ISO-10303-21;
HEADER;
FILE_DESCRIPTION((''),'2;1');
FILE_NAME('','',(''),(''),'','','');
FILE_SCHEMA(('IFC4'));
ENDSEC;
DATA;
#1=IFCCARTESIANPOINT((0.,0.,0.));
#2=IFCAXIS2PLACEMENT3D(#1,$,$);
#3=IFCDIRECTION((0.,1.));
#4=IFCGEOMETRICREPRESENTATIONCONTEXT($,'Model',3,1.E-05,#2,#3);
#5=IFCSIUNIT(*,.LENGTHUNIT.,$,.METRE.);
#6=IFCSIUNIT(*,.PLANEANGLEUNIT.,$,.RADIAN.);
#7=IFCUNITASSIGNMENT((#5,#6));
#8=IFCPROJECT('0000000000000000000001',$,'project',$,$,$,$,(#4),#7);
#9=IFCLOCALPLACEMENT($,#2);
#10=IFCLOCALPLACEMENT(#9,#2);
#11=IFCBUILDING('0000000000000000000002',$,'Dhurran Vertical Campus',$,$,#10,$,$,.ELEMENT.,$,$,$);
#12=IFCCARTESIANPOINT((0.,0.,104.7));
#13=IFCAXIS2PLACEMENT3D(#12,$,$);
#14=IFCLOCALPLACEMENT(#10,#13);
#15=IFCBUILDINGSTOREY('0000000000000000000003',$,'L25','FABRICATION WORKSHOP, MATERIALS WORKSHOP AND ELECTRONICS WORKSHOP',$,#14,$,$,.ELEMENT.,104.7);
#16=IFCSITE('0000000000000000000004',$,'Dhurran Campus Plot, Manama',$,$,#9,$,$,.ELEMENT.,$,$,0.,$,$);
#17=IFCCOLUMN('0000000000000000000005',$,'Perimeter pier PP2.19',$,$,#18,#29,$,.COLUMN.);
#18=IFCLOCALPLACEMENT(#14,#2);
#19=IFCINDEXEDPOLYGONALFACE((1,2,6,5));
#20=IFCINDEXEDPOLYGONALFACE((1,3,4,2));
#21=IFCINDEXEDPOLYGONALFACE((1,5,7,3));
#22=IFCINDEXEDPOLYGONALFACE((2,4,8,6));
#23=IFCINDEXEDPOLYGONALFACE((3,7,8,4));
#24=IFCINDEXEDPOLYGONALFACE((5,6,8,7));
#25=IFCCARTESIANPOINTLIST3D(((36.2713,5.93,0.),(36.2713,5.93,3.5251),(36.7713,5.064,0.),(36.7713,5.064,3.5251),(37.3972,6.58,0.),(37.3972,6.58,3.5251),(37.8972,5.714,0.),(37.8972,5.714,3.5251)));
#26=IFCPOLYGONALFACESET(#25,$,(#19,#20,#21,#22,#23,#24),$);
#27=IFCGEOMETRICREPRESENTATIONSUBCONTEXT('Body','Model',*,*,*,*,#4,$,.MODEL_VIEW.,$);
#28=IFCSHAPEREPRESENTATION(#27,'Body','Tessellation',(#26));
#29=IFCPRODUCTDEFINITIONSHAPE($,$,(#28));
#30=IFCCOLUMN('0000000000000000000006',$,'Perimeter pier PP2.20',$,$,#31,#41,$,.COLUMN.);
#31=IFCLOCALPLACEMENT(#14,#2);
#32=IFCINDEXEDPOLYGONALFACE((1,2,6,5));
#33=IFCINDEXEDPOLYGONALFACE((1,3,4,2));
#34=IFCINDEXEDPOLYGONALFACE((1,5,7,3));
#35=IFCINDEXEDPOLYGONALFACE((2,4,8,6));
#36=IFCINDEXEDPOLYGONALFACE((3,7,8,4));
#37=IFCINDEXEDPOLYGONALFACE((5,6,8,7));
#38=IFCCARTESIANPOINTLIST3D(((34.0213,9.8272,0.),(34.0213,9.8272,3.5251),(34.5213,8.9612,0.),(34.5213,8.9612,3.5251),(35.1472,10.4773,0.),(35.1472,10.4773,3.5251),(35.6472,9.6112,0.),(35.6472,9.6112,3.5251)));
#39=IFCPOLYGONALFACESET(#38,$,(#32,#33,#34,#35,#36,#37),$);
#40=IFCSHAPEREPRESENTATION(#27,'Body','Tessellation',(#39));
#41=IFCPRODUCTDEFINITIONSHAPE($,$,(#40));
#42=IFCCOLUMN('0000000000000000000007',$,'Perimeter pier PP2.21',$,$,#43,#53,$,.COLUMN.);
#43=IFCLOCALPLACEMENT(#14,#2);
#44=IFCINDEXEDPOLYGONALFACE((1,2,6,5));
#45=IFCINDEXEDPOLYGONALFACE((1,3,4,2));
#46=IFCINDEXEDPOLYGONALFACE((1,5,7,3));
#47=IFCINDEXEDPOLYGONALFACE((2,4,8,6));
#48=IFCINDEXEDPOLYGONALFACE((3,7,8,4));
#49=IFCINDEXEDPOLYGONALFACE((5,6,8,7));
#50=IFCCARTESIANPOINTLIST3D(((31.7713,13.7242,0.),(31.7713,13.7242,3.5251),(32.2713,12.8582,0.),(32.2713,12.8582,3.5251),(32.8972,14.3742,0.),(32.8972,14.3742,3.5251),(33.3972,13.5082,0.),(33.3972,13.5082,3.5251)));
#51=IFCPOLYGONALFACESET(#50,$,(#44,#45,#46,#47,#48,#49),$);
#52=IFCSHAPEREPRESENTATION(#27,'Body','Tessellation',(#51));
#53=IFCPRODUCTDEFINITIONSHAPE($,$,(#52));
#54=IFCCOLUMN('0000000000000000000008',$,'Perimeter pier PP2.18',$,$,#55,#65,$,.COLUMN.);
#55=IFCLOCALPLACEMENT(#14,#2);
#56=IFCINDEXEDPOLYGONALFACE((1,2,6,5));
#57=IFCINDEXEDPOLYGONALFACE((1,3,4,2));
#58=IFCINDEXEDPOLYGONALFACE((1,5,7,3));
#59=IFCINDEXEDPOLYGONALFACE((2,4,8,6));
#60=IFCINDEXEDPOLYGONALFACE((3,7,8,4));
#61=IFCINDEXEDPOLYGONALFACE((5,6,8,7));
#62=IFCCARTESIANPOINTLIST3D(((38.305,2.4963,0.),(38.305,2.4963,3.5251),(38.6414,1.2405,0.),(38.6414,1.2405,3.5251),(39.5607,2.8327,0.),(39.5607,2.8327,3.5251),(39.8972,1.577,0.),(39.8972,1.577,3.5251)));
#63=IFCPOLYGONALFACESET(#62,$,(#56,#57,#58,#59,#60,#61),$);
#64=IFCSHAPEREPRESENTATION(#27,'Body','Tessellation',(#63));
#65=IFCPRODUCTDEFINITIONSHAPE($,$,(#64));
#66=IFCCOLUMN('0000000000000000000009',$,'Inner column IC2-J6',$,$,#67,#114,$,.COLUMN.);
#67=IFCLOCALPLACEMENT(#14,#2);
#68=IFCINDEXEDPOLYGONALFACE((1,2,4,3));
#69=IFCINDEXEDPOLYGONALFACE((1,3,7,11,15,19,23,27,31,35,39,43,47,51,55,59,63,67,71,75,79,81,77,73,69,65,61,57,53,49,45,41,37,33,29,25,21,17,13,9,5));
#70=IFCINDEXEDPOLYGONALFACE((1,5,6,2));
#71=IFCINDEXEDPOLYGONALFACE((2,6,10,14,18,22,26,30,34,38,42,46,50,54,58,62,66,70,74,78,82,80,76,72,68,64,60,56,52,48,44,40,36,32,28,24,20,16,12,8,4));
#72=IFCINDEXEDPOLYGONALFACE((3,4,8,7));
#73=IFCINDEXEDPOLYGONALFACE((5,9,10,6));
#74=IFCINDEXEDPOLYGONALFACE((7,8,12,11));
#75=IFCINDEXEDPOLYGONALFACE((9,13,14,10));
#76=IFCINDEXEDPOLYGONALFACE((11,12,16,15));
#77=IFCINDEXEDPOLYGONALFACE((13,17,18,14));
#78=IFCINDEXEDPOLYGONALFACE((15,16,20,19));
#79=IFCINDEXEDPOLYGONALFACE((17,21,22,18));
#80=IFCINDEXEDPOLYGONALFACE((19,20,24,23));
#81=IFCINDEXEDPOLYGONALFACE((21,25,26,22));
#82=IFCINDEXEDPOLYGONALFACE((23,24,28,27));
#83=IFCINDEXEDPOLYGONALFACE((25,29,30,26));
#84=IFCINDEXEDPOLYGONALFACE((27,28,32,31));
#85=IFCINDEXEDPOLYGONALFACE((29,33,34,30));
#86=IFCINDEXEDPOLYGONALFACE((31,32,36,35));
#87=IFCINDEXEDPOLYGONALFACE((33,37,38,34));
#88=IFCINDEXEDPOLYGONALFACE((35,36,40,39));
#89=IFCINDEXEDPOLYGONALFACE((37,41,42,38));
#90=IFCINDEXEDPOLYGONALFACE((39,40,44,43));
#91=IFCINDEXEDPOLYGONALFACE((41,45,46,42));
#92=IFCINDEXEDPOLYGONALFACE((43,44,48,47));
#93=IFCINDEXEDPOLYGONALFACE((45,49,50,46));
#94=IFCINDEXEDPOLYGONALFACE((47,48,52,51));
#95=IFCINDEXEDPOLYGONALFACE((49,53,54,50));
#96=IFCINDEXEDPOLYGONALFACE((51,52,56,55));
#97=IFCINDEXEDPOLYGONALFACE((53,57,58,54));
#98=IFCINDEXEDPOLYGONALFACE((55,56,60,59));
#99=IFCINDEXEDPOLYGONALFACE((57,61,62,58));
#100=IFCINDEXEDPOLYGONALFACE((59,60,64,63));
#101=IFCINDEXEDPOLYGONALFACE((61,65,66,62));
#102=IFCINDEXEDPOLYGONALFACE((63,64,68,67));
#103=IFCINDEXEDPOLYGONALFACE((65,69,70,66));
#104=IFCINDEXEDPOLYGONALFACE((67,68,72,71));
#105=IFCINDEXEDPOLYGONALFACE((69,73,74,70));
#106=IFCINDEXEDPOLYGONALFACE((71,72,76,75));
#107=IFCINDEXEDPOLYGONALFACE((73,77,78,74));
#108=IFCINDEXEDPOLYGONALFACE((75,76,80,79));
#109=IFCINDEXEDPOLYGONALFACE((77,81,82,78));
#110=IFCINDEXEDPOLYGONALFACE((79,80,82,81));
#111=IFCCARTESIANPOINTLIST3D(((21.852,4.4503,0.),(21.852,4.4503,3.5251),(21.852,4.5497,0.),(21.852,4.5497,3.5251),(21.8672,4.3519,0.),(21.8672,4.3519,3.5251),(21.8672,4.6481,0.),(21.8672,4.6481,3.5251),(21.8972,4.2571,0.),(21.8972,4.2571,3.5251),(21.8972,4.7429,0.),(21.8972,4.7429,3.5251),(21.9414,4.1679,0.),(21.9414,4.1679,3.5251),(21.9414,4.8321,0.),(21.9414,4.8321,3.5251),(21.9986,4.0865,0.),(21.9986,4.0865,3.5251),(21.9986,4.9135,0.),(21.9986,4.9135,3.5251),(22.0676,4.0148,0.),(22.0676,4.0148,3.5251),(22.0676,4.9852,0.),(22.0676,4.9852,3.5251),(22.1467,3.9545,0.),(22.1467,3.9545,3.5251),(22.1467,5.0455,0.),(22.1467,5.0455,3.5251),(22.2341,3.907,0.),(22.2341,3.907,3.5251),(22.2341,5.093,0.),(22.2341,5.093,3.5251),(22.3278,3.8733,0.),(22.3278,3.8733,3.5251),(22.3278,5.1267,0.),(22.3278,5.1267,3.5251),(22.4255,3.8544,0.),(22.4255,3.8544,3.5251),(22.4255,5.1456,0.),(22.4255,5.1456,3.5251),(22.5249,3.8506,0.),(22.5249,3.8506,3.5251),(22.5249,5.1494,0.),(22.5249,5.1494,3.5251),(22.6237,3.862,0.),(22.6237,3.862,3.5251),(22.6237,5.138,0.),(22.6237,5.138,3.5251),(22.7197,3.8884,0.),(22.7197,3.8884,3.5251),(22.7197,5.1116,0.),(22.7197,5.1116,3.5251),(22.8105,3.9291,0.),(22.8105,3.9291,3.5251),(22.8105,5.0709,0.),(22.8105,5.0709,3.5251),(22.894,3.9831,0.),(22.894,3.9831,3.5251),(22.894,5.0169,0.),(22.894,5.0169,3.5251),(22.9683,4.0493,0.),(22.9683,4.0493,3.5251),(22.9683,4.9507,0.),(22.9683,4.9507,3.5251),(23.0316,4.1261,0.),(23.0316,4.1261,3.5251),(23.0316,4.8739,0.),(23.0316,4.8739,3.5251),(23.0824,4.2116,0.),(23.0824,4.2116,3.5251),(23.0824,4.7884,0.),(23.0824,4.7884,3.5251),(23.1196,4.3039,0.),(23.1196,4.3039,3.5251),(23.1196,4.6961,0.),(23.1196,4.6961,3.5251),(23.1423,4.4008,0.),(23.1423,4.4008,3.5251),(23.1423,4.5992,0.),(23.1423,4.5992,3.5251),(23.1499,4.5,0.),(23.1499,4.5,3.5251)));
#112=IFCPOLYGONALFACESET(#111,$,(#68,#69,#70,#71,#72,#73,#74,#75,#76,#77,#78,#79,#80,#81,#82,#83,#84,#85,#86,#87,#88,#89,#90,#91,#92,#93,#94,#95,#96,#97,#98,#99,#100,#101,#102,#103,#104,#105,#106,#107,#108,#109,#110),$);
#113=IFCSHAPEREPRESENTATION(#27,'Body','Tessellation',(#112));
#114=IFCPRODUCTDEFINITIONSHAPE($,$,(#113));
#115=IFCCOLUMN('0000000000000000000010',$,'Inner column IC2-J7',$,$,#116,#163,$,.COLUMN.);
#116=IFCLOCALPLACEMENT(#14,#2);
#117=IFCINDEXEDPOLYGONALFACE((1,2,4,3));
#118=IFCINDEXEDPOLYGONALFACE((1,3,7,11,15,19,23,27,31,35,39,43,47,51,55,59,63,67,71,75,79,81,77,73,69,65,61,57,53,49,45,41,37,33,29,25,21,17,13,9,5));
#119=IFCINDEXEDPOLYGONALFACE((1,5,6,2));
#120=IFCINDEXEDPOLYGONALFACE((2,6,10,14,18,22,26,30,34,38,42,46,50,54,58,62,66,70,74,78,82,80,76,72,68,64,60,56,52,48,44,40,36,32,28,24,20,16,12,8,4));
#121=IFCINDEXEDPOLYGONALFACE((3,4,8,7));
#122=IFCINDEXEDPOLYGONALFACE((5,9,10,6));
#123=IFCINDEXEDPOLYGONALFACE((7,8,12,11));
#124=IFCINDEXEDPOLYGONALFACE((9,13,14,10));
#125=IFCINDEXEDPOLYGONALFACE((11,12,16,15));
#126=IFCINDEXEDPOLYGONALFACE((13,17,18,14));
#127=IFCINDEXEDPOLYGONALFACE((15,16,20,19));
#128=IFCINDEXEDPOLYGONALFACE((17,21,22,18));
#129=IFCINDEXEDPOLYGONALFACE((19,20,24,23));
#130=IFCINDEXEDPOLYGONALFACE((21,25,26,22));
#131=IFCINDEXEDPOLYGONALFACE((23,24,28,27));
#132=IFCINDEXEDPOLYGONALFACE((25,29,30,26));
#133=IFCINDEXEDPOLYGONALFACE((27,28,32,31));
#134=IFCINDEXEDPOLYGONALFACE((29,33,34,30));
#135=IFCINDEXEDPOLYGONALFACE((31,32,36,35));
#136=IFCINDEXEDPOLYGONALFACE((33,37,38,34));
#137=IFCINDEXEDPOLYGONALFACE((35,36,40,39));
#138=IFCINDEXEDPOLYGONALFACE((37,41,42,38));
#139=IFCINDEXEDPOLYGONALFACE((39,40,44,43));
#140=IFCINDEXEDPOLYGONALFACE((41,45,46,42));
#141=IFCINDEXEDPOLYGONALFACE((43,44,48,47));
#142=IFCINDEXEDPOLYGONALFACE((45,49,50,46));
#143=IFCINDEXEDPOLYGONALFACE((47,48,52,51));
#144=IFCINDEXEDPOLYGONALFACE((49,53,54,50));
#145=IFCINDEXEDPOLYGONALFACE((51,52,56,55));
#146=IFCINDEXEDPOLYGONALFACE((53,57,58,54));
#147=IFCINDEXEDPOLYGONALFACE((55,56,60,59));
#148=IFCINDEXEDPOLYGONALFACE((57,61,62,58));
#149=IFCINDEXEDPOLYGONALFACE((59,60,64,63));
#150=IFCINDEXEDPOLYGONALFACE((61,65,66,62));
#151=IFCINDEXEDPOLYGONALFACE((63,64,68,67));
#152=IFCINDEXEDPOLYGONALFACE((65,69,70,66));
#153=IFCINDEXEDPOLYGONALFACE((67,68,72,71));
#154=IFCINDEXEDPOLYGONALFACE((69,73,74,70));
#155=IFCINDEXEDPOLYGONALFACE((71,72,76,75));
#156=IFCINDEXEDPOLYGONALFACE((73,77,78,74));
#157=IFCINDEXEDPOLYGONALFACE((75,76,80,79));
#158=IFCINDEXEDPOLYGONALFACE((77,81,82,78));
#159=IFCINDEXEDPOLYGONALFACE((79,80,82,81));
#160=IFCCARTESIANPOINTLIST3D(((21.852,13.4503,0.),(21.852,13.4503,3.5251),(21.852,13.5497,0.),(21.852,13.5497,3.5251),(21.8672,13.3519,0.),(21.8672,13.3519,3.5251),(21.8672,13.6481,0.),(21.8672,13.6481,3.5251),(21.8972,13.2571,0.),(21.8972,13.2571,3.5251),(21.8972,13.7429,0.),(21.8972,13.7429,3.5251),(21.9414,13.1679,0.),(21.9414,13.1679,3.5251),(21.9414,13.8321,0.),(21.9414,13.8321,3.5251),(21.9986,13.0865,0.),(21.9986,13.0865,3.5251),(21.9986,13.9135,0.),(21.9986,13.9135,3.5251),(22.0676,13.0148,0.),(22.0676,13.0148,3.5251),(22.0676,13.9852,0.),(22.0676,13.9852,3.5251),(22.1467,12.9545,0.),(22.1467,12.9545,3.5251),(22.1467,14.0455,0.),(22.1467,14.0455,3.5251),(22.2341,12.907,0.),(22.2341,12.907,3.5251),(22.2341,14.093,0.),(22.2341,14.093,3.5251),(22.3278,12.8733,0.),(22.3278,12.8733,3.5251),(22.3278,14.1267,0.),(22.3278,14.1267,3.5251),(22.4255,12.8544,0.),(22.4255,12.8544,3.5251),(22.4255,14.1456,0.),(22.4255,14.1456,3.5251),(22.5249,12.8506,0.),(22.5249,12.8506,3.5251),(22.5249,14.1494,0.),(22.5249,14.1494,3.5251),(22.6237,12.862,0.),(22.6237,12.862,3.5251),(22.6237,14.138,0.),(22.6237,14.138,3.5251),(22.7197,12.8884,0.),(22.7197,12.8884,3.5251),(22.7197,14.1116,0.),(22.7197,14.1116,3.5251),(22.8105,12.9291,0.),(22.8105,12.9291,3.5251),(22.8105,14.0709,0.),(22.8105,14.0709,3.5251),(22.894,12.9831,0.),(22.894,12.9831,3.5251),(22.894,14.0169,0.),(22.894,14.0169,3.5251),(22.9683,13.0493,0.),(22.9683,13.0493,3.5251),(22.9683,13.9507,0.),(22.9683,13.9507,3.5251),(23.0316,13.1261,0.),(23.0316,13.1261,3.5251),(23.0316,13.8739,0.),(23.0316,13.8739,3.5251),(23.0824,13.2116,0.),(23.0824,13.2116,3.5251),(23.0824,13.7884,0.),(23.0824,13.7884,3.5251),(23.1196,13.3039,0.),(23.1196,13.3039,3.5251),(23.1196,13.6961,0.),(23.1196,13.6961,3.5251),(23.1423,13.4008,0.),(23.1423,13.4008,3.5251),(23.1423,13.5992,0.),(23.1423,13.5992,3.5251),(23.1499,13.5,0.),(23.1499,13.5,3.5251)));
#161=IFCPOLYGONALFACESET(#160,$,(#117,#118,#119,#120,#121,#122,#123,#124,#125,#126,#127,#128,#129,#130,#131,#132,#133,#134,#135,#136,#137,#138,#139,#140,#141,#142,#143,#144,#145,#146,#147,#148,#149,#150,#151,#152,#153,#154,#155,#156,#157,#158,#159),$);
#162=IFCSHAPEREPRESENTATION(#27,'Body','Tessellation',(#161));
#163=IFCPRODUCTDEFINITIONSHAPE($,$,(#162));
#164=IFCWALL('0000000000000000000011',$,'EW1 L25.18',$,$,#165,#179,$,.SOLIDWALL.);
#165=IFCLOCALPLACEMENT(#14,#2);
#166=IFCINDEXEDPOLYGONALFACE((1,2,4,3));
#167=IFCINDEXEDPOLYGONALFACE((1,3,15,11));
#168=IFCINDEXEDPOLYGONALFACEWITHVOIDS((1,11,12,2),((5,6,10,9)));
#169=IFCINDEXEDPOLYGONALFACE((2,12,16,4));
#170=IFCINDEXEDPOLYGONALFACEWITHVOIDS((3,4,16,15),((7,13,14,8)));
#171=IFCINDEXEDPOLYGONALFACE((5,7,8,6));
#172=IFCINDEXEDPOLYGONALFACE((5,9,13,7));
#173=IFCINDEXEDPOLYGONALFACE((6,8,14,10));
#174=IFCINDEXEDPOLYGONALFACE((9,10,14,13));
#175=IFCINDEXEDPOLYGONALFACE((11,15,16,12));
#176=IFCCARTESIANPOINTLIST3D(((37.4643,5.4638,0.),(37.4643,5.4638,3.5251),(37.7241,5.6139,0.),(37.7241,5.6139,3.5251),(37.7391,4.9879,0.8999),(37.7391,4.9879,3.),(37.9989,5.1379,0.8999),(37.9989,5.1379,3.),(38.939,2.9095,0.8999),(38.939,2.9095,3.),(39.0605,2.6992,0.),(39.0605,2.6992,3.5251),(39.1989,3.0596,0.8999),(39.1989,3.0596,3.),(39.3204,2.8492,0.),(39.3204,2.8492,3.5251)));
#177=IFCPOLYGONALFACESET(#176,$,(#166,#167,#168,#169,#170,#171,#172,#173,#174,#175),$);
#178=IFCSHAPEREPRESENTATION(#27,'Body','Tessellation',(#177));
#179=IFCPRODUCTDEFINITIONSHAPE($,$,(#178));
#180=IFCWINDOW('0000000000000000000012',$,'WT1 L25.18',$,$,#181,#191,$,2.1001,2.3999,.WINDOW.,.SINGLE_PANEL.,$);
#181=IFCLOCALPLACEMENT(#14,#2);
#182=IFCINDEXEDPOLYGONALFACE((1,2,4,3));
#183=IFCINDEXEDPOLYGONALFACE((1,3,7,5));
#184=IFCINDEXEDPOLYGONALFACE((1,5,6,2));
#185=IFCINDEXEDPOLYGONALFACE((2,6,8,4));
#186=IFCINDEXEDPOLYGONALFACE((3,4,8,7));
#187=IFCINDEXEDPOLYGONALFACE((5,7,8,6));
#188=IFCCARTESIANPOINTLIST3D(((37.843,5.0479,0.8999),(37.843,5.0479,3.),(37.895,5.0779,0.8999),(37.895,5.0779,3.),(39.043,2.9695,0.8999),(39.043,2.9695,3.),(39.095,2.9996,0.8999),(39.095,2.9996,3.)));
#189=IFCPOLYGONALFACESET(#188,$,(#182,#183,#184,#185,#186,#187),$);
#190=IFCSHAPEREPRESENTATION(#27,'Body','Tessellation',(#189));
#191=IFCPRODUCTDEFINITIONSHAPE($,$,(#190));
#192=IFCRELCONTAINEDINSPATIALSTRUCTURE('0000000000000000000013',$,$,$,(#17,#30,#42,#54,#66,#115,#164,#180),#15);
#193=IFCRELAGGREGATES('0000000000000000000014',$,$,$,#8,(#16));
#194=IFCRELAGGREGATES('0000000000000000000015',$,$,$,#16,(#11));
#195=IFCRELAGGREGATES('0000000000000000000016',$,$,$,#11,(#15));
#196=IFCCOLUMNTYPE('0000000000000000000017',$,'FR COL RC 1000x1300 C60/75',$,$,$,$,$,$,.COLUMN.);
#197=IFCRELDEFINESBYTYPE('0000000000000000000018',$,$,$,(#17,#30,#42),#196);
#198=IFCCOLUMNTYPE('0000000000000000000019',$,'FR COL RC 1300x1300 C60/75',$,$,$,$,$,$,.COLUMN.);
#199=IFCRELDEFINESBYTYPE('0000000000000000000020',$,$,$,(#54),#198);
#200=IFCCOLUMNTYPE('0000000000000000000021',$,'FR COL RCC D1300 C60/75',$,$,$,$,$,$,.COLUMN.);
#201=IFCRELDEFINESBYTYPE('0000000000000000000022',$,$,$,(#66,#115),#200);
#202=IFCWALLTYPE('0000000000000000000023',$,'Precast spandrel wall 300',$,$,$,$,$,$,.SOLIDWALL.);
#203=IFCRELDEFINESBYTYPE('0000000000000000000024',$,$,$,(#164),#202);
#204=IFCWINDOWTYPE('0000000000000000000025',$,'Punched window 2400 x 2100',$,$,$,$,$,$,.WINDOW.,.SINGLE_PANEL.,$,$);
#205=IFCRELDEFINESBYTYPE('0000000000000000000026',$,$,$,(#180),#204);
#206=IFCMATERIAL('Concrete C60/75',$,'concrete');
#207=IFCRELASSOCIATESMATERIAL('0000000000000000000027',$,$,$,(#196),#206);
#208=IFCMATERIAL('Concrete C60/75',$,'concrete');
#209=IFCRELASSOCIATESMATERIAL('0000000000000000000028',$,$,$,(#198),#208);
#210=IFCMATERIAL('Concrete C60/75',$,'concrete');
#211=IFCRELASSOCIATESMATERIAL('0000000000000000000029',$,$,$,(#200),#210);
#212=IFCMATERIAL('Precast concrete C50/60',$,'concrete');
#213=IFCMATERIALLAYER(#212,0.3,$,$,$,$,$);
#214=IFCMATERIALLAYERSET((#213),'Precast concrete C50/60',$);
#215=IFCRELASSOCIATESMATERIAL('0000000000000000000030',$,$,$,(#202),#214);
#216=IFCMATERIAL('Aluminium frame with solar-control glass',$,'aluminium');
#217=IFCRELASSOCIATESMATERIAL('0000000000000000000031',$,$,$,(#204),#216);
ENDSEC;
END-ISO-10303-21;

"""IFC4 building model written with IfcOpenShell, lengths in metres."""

from ifc_helpers import new_model, si_unit, direction, frame, frame_2d, origin, origin_2d, place, context, subcontext, project, spatial, rectangle, circle, extrude, material, layer, layer_set, material_profile, profile_set, type_object, element, fill, save


model = new_model("IFC4")

# Units and contexts
model_context = context("Model", 3, precision=1e-05, world=origin(), true_north=direction((0.0, 1.0)))
body_context = subcontext(model_context, "Body", "Model", "MODEL_VIEW")
ifc_project = project(units=[si_unit("LENGTHUNIT", "METRE"), si_unit("PLANEANGLEUNIT", "RADIAN")], contexts=[model_context])

# Site, building, storey
site_placement = place(None, origin())
site = spatial("IfcSite", under=ifc_project, at=site_placement, Name="Dhurran Campus Plot, Manama", CompositionType="ELEMENT", RefElevation=0.0)
building_placement = place(site_placement, origin())
building = spatial("IfcBuilding", under=site, at=building_placement, Name="Dhurran Vertical Campus", CompositionType="ELEMENT")
storey_placement = place(building_placement, frame((0.0, 0.0, 104.7)))
storey = spatial("IfcBuildingStorey", under=building, at=storey_placement, Name="L25", Description="FABRICATION WORKSHOP, MATERIALS WORKSHOP AND ELECTRONICS WORKSHOP", CompositionType="ELEMENT", Elevation=104.7)

# Columns
ifc_material_1 = material(Name="Concrete C60/75", Category="concrete")
ifc_material_profile_1 = material_profile(ifc_material_1, rectangle(XDim=1.0, YDim=1.3, at=origin_2d()), Name="RC 1000x1300")
ifc_profile_set_1 = profile_set([ifc_material_profile_1], Name="Concrete C60/75")
column_type_1 = type_object("IfcColumnType", Name="FR COL RC 1000x1300 C60/75", PredefinedType="COLUMN", material=ifc_profile_set_1)
for number, where, z_axis, x_axis, name in (
    (1, (37.0842, 5.822, 0.0), (0.0, 0.0, 1.0), (-0.5, 0.866025, 0.0), "Perimeter pier PP2.19"),
    (2, (34.8342, 9.7192, 0.0), (0.0, 0.0, 1.0), (-0.5, 0.866025, 0.0), "Perimeter pier PP2.20"),
    (3, (32.5842, 13.6162, 0.0), (0.0, 0.0, 1.0), (-0.5, 0.866025, 0.0), "Perimeter pier PP2.21"),
):
    element("IfcColumn", number, at=place(storey_placement, frame(where, z_axis=z_axis, x_axis=x_axis)), inside=storey, type_object=column_type_1, Name=name, PredefinedType="COLUMN", context=body_context, shape_type="SweptSolid", body=[
        extrude(rectangle(XDim=1.0, YDim=1.3, at=origin_2d()), origin(), (0.0, 0.0, 1.0), 3.5251),
    ])
ifc_material_2 = material(Name="Concrete C60/75", Category="concrete")
ifc_material_profile_2 = material_profile(ifc_material_2, rectangle(XDim=1.3, YDim=1.3, at=origin_2d()), Name="RC 1300x1300")
ifc_profile_set_2 = profile_set([ifc_material_profile_2], Name="Concrete C60/75")
column_type_2 = type_object("IfcColumnType", Name="FR COL RC 1300x1300 C60/75", PredefinedType="COLUMN", material=ifc_profile_set_2)
column_placement = place(storey_placement, frame((39.1011, 2.0366, 0.0), z_axis=(0.0, 0.0, 1.0), x_axis=(-0.258819, 0.965926, 0.0)))
element("IfcColumn", 4, at=column_placement, inside=storey, type_object=column_type_2, Name="Perimeter pier PP2.18", PredefinedType="COLUMN", context=body_context, shape_type="SweptSolid", body=[
    extrude(rectangle(XDim=1.3, YDim=1.3, at=origin_2d()), origin(), (0.0, 0.0, 1.0), 3.5251),
])
ifc_material_3 = material(Name="Concrete C60/75", Category="concrete")
ifc_material_profile_3 = material_profile(ifc_material_3, circle(Radius=0.6499, at=origin_2d()), Name="RCC D1300")
ifc_profile_set_3 = profile_set([ifc_material_profile_3], Name="Concrete C60/75")
column_type_3 = type_object("IfcColumnType", Name="FR COL RCC D1300 C60/75", PredefinedType="COLUMN", material=ifc_profile_set_3)
for number, where, z_axis, x_axis, name in (
    (5, (22.5, 4.5, 0.0), (0.0, 0.0, 1.0), (1.0, 0.0, 0.0), "Inner column IC2-J6"),
    (6, (22.5, 13.5, 0.0), (0.0, 0.0, 1.0), (1.0, 0.0, 0.0), "Inner column IC2-J7"),
):
    element("IfcColumn", number, at=place(storey_placement, frame(where, z_axis=z_axis, x_axis=x_axis)), inside=storey, type_object=column_type_3, Name=name, PredefinedType="COLUMN", context=body_context, shape_type="SweptSolid", body=[
        extrude(circle(Radius=0.6499, at=origin_2d()), origin(), (0.0, 0.0, 1.0), 3.5251),
    ])

# Wall, opening, window
ifc_material_4 = material(Name="Precast concrete C50/60", Category="concrete")
ifc_layer_1 = layer(ifc_material_4, 0.3)
ifc_layer_set_1 = layer_set([ifc_layer_1], Name="Precast concrete C50/60")
wall_type_1 = type_object("IfcWallType", Name="Precast spandrel wall 300", PredefinedType="SOLIDWALL", material=ifc_layer_set_1)
wall_1_placement = place(storey_placement, frame((39.1904, 2.7742, 0.0), z_axis=(0.0, 0.0, 1.0), x_axis=(-0.500005, 0.866023, 0.0)))
wall_1 = element("IfcWall", 7, at=wall_1_placement, inside=storey, type_object=wall_type_1, Name="EW1 L25.18", PredefinedType="SOLIDWALL", context=body_context, shape_type="SweptSolid", body=[
    extrude(rectangle(XDim=3.1924, YDim=0.3, at=frame_2d((1.5962, 0.0))), origin(), (0.0, 0.0, 1.0), 3.5251),
])
opening_1_placement = place(wall_1_placement, frame((0.2429, 0.0, 0.8999)))
opening_1 = element("IfcOpeningElement", 8, at=opening_1_placement, cuts=wall_1, PredefinedType="OPENING", context=body_context, shape_type="SweptSolid", body=[
    extrude(rectangle(XDim=2.3999, YDim=2.1001, at=frame_2d((1.2, 1.05))), frame((0.0, 0.1599, 0.0), z_axis=(0.0, -1.0, 0.0), x_axis=(1.0, 0.0, 0.0)), (0.0, 0.0, 1.0), 0.3201),
])
ifc_material_5 = material(Name="Aluminium frame with solar-control glass", Category="aluminium")
window_type = type_object("IfcWindowType", Name="Punched window 2400 x 2100", PartitioningType="SINGLE_PANEL", PredefinedType="WINDOW", material=ifc_material_5)
window_1_placement = place(opening_1_placement, origin())
window_1 = element("IfcWindow", 9, at=window_1_placement, inside=storey, type_object=window_type, Name="WT1 L25.18", OverallHeight=2.1001, OverallWidth=2.3999, PartitioningType="SINGLE_PANEL", PredefinedType="WINDOW", context=body_context, shape_type="SweptSolid", body=[
    extrude(rectangle(XDim=2.3999, YDim=2.1001, at=frame_2d((1.2, 1.05))), frame((0.0, 0.03, 0.0), z_axis=(0.0, -1.0, 0.0), x_axis=(1.0, 0.0, 0.0)), (0.0, 0.0, 1.0), 0.0601),
])
fill(opening_1, window_1)

save(model, "model.ifc")
